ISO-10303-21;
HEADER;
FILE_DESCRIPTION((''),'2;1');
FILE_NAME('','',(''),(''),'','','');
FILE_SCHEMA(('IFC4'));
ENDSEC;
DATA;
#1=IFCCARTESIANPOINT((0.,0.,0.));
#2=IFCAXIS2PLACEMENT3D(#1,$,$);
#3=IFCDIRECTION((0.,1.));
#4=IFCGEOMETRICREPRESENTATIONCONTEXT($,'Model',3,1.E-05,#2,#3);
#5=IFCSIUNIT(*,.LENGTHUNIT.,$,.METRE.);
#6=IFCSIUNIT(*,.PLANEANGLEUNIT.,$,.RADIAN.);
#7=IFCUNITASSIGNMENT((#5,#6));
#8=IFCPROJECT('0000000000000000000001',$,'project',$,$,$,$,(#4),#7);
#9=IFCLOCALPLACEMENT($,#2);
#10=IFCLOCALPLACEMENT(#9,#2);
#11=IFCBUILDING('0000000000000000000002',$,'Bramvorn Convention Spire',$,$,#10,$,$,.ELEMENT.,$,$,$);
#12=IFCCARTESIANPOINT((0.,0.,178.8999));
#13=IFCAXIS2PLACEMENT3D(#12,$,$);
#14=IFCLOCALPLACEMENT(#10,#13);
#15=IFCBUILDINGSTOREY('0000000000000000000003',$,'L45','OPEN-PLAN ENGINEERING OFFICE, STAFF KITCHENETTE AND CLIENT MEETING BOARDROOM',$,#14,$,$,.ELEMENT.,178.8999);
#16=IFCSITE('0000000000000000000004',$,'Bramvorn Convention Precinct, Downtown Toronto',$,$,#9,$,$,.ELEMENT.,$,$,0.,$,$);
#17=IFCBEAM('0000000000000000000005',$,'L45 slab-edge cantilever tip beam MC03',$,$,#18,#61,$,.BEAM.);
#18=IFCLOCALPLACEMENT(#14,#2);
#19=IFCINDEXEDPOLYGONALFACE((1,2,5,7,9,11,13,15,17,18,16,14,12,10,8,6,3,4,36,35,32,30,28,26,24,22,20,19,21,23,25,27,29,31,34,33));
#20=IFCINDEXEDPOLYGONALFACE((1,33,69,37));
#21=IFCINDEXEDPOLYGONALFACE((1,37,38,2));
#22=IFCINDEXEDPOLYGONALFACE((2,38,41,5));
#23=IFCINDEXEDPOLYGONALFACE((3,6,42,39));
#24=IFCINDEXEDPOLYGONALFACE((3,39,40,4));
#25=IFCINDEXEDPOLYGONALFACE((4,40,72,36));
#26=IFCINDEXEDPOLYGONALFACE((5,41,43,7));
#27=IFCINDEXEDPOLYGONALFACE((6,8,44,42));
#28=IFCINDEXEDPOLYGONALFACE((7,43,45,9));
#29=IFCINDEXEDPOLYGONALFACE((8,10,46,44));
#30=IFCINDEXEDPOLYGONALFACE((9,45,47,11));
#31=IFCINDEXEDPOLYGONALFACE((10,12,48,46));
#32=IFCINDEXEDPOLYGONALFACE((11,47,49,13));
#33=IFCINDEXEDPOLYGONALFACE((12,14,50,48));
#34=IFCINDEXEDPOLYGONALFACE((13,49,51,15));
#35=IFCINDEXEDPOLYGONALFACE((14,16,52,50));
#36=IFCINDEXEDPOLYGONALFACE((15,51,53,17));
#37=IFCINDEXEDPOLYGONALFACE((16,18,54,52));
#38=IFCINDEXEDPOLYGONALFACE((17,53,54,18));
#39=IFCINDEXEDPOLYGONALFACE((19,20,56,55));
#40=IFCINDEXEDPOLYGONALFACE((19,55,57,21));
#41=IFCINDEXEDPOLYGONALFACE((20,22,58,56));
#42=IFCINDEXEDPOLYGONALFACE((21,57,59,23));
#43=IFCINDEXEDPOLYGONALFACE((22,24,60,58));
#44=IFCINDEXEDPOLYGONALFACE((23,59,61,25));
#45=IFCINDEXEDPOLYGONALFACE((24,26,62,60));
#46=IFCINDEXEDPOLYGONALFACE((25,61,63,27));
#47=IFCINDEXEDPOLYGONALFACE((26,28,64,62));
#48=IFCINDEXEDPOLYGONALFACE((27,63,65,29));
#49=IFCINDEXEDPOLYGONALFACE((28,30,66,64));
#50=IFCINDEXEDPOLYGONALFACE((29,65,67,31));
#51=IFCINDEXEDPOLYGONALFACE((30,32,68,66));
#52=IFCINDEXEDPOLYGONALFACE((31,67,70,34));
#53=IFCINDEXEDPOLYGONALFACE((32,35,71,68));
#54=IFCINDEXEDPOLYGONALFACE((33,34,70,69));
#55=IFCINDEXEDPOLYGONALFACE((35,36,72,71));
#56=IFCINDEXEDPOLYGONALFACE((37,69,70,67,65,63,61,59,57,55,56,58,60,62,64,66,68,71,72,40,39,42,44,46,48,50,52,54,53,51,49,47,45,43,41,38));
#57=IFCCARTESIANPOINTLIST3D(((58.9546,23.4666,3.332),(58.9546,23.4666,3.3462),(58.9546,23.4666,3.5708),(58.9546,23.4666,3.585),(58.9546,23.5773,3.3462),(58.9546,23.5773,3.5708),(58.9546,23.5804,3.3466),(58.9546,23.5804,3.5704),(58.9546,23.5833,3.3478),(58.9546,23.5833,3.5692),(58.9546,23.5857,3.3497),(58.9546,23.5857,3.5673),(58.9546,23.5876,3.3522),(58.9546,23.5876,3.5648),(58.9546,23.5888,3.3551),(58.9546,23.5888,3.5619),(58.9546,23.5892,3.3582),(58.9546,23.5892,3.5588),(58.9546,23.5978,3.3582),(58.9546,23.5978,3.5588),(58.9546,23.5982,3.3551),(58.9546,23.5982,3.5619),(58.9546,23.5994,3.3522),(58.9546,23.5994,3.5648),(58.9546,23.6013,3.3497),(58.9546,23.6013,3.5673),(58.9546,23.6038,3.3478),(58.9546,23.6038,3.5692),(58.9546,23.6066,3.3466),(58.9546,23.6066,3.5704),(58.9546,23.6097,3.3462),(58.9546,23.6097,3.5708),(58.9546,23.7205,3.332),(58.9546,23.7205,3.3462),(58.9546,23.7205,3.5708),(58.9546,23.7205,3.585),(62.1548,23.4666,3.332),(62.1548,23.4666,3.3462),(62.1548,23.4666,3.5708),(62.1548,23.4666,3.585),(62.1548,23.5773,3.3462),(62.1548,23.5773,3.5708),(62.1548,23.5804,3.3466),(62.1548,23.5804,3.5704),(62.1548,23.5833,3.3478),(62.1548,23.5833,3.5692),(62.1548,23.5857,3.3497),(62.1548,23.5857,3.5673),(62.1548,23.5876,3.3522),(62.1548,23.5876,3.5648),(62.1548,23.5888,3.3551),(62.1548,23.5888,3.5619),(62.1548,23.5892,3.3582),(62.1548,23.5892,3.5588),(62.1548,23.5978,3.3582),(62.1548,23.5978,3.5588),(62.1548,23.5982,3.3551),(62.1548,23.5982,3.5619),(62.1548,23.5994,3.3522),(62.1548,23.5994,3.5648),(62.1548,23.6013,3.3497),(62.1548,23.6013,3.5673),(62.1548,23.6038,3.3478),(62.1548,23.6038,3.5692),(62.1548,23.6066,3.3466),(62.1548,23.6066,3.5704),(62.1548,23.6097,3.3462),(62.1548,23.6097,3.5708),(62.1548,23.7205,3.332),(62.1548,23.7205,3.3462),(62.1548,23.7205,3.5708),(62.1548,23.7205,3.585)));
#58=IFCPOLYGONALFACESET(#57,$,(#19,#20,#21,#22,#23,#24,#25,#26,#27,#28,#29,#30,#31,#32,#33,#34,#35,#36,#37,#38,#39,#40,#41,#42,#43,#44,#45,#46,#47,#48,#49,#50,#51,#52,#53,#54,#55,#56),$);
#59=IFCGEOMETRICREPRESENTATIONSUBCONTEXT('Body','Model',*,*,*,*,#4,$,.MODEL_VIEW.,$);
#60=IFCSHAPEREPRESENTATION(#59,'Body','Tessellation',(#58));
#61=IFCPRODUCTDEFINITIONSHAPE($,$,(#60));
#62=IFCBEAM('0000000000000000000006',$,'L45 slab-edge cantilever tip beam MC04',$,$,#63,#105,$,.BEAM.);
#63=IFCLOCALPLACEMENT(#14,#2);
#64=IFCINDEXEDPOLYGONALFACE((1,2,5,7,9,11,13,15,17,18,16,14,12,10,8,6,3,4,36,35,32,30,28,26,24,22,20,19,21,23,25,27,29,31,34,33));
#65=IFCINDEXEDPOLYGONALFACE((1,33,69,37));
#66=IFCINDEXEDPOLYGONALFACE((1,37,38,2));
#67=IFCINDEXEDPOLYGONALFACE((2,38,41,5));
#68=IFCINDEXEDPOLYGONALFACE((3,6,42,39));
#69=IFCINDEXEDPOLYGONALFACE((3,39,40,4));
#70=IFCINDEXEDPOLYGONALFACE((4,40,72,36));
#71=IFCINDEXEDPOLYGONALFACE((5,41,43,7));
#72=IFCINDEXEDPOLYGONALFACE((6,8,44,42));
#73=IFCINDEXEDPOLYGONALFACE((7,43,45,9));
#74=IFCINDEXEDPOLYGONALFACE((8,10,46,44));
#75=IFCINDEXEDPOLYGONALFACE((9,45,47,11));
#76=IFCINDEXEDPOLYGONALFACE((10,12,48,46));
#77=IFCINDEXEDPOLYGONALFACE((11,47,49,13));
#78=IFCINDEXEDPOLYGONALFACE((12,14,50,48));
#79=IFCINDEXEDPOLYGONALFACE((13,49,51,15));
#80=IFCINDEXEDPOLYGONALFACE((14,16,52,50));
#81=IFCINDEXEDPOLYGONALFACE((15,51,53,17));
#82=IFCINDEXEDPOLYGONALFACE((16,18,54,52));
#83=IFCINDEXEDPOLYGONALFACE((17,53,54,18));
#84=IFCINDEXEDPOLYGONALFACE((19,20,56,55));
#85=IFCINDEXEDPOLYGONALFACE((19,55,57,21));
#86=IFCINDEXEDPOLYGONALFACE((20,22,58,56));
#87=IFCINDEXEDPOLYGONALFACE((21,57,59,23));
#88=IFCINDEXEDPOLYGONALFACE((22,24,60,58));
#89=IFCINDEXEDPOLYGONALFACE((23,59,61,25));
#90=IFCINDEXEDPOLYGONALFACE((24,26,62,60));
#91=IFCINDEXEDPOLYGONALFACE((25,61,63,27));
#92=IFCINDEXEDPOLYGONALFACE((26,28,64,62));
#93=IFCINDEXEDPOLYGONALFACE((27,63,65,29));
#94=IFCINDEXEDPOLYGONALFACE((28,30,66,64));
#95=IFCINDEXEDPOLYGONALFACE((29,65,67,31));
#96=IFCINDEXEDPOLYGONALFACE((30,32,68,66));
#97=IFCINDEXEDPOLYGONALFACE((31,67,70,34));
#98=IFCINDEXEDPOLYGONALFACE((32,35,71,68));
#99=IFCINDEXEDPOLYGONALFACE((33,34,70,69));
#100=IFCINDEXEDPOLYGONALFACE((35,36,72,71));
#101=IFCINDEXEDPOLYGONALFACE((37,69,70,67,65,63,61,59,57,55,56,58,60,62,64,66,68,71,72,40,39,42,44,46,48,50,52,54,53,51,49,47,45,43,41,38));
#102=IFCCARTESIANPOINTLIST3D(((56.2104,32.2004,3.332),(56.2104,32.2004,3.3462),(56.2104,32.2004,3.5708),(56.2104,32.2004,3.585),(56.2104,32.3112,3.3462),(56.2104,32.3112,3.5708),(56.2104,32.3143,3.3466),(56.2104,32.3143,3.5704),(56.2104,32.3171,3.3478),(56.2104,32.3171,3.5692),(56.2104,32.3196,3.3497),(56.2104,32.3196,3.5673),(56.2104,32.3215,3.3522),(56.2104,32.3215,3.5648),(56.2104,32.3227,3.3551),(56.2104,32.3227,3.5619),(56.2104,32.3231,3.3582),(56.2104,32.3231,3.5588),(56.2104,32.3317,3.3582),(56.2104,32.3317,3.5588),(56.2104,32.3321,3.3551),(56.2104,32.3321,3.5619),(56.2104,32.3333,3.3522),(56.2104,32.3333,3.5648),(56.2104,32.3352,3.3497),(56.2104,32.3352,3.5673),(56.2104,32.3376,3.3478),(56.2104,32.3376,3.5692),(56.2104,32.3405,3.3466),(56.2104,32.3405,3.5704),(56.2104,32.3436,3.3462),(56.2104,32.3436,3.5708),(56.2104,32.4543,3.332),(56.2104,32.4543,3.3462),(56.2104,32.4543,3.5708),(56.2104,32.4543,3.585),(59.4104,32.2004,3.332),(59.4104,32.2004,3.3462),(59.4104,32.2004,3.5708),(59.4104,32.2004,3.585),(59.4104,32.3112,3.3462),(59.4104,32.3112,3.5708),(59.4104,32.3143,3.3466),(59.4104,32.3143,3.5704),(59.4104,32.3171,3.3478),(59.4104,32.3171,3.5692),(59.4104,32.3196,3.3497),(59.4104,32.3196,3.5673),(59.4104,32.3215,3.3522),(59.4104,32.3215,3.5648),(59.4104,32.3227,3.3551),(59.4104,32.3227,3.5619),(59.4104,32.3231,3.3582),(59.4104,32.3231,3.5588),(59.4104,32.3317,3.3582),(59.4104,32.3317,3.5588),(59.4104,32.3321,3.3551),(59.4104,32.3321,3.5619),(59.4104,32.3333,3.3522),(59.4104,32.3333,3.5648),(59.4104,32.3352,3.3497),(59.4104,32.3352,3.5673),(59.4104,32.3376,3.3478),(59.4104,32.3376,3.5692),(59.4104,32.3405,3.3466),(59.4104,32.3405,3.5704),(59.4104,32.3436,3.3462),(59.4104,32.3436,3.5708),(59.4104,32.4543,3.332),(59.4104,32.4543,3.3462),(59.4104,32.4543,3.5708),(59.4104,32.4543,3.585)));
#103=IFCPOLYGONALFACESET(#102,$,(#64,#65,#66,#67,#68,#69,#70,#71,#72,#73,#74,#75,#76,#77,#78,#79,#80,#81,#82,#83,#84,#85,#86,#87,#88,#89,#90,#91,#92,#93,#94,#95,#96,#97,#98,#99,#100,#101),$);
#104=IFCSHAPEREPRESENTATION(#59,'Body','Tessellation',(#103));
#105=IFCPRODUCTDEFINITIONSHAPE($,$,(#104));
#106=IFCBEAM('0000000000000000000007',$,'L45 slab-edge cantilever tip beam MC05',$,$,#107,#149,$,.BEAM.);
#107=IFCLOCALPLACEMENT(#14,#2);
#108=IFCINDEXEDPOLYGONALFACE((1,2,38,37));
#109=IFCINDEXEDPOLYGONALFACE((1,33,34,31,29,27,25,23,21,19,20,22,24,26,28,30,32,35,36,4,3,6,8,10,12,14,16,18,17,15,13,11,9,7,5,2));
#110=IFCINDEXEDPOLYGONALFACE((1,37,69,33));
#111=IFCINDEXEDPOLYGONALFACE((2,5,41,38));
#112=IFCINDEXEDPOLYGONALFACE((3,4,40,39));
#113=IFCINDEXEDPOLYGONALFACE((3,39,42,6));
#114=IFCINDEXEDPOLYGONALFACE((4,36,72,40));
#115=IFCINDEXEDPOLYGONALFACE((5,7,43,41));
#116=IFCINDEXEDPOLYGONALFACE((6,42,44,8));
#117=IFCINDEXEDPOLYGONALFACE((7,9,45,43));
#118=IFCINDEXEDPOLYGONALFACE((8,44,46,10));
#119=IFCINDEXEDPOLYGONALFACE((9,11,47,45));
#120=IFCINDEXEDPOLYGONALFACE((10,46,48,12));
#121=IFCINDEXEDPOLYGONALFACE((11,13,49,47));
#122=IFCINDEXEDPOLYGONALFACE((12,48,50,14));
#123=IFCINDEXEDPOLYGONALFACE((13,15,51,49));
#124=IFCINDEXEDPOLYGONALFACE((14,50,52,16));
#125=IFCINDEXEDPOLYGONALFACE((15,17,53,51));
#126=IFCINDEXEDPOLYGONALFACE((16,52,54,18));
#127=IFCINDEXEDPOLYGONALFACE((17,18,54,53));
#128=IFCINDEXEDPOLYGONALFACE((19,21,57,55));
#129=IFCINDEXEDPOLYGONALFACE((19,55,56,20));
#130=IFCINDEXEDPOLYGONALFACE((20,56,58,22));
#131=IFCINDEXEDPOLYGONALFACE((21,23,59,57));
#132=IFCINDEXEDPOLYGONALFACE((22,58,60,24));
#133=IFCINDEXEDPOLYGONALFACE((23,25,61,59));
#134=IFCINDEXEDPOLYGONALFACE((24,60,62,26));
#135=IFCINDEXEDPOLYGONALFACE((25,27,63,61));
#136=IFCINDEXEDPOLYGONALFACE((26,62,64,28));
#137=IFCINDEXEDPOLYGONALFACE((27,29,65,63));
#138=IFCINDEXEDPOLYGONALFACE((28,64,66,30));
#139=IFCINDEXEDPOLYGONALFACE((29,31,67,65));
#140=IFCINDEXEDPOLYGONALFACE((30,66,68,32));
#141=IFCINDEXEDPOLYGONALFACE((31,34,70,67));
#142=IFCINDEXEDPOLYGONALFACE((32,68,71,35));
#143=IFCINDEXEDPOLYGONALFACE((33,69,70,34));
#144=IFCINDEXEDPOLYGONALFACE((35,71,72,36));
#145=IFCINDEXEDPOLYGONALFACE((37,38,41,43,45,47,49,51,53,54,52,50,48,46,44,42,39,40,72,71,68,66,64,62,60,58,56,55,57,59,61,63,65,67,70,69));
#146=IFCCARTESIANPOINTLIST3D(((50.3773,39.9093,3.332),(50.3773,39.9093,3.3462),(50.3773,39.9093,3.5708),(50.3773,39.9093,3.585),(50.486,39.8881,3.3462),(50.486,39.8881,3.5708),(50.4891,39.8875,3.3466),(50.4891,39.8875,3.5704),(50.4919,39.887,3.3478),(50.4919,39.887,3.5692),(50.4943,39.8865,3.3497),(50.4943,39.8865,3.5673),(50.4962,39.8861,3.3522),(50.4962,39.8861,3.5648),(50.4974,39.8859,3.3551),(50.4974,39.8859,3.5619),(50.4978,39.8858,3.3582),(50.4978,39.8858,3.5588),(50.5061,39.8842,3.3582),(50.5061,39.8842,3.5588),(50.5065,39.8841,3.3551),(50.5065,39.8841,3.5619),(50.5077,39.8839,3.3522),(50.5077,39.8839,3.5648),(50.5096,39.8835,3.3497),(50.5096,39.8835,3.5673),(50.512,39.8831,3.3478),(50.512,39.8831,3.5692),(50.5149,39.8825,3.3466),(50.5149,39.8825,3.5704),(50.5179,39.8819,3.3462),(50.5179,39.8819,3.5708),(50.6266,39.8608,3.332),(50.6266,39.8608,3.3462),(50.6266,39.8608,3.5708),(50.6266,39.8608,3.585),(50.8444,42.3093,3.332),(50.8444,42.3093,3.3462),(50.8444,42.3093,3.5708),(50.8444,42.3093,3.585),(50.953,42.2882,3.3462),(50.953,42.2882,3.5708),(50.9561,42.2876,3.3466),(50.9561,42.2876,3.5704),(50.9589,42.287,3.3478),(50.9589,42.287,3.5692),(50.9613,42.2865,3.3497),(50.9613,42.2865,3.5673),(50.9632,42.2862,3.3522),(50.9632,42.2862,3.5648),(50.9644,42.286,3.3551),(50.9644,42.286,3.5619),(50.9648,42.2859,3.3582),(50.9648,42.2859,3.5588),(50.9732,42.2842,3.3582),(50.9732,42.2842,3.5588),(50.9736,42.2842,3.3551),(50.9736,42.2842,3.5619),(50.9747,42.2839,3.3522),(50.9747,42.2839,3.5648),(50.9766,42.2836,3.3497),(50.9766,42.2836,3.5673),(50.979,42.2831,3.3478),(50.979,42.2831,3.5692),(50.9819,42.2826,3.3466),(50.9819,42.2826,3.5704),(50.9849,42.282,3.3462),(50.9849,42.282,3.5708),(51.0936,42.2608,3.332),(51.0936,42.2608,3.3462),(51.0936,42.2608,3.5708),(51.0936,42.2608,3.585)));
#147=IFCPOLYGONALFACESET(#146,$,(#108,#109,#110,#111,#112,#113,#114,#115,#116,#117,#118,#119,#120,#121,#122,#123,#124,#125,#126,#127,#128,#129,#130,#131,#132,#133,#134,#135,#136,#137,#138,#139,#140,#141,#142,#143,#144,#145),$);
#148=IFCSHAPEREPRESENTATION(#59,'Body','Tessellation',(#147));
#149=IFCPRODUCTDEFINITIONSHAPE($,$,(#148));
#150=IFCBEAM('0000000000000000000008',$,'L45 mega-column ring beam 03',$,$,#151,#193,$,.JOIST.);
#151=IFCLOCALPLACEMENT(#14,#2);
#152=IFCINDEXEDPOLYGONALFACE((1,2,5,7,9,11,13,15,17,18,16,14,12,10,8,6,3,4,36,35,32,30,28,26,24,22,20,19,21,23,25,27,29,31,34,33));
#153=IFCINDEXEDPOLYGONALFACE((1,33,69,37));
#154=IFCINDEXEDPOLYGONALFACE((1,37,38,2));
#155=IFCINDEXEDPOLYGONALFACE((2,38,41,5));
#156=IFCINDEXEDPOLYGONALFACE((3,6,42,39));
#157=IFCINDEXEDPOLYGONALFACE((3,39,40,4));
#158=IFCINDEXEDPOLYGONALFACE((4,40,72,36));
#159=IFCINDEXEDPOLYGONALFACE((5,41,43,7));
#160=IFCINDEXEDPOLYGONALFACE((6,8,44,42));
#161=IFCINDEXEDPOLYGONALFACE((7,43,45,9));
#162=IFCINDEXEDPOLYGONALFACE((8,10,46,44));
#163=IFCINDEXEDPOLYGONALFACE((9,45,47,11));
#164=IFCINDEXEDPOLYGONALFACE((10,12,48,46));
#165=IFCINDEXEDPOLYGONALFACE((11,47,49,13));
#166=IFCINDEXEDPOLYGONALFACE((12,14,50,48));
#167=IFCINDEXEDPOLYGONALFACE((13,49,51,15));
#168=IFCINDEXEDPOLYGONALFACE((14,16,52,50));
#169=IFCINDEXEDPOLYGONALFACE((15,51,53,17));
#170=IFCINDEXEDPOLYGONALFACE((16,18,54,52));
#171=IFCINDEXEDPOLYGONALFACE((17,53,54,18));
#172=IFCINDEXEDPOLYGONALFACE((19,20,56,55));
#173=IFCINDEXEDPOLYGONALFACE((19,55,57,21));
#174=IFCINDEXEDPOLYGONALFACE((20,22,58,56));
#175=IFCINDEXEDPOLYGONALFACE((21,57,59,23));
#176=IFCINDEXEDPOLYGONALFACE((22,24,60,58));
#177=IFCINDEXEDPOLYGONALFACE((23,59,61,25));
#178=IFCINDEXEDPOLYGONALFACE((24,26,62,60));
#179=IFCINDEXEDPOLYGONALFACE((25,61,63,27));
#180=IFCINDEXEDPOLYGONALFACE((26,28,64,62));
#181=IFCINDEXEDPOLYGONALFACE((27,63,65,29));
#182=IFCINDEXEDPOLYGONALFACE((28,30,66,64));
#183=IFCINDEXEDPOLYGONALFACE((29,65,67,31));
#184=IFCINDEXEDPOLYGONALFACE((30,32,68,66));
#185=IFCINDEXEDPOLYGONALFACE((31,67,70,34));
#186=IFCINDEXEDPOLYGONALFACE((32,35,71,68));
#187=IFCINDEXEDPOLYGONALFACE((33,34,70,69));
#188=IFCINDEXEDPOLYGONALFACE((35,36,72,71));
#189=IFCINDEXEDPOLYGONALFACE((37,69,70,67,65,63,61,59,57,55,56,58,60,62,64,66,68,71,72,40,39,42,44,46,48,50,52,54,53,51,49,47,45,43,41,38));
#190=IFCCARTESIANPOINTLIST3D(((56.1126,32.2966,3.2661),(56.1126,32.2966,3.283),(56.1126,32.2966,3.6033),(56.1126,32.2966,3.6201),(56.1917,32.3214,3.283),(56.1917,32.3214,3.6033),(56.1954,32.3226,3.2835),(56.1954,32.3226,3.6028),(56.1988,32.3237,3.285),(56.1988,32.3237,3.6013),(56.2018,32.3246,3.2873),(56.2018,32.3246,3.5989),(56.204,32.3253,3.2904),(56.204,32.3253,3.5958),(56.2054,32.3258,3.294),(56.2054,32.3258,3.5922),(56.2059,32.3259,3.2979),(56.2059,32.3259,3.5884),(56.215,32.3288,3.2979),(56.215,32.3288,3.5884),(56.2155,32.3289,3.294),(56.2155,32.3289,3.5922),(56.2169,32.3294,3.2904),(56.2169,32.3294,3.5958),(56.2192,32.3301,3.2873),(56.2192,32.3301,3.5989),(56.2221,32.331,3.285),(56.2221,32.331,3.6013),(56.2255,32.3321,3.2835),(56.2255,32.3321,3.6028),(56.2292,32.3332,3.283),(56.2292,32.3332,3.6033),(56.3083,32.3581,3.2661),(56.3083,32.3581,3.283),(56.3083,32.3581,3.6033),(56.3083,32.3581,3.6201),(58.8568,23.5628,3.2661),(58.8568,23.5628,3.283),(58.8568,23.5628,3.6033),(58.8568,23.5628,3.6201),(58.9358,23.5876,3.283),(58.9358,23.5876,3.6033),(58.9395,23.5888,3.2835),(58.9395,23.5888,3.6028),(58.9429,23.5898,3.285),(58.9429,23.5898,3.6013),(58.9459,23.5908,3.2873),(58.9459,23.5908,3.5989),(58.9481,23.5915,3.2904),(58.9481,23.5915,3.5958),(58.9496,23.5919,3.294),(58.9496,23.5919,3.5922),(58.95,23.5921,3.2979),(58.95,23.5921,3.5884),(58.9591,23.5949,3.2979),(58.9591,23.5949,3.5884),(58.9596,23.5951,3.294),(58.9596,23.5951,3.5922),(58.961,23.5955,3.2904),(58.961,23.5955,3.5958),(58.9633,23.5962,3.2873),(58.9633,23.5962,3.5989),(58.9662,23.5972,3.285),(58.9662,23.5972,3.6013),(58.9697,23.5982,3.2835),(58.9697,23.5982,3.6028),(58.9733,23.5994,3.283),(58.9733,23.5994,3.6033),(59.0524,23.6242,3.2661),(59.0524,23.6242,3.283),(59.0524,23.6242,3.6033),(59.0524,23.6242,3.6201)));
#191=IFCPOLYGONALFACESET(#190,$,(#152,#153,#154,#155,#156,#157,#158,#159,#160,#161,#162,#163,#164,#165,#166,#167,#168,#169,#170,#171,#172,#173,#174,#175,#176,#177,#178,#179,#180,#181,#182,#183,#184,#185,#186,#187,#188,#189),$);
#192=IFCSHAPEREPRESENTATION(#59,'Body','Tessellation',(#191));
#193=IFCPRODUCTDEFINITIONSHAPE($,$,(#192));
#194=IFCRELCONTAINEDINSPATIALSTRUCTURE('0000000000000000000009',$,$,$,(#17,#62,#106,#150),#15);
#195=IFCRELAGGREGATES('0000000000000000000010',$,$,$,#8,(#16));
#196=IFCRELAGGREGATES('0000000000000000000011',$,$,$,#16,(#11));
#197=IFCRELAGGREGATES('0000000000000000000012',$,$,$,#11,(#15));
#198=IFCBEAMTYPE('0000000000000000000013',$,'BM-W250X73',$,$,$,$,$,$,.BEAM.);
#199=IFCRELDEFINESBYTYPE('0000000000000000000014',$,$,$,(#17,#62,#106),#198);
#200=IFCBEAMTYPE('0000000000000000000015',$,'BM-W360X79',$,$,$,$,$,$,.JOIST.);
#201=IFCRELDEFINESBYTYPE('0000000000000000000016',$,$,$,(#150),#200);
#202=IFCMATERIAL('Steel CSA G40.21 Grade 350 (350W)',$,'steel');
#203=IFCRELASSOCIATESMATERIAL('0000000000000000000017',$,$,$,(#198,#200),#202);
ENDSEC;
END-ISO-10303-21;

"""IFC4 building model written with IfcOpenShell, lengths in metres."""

from ifc_helpers import new_model, si_unit, direction, frame, origin, origin_2d, place, context, subcontext, project, spatial, i_section, extrude, material, material_profile, profile_set, type_object, element, save


model = new_model("IFC4")

# Units and contexts
model_context = context("Model", 3, precision=1e-05, world=origin(), true_north=direction((0.0, 1.0)))
body_context = subcontext(model_context, "Body", "Model", "MODEL_VIEW")
ifc_project = project(units=[si_unit("LENGTHUNIT", "METRE"), si_unit("PLANEANGLEUNIT", "RADIAN")], contexts=[model_context])

# Site, building, storey
site_placement = place(None, origin())
site = spatial("IfcSite", under=ifc_project, at=site_placement, Name="Bramvorn Convention Precinct, Downtown Toronto", CompositionType="ELEMENT", RefElevation=0.0)
building_placement = place(site_placement, origin())
building = spatial("IfcBuilding", under=site, at=building_placement, Name="Bramvorn Convention Spire", CompositionType="ELEMENT")
storey_placement = place(building_placement, frame((0.0, 0.0, 178.8999)))
storey = spatial("IfcBuildingStorey", under=building, at=storey_placement, Name="L45", Description="OPEN-PLAN ENGINEERING OFFICE, STAFF KITCHENETTE AND CLIENT MEETING BOARDROOM", CompositionType="ELEMENT", Elevation=178.8999)

# Shared definitions
ifc_material_1 = material(Name="Steel CSA G40.21 Grade 350 (350W)", Category="steel")

# Beams
ifc_material_profile_1 = material_profile(ifc_material_1, i_section(OverallWidth=0.2539, OverallDepth=0.2529, WebThickness=0.0085, FlangeThickness=0.0142, FilletRadius=0.012, at=origin_2d()))
ifc_profile_set_1 = profile_set([ifc_material_profile_1], Name="Steel CSA G40.21 Grade 350 (350W) - W250X73")
beam_type_1 = type_object("IfcBeamType", Name="BM-W250X73", PredefinedType="BEAM", material=ifc_profile_set_1)
beam_1_placement = place(storey_placement, frame((58.9546, 23.5935, 3.4585), z_axis=(1.0, 0.0, 0.0), x_axis=(0.0, 1.0, 0.0)))
element("IfcBeam", 1, at=beam_1_placement, inside=storey, type_object=beam_type_1, Name="L45 slab-edge cantilever tip beam MC03", PredefinedType="BEAM", context=body_context, shape_type="SweptSolid", body=[
    extrude(i_section(OverallWidth=0.2539, OverallDepth=0.2529, WebThickness=0.0085, FlangeThickness=0.0142, FilletRadius=0.012, at=origin_2d()), origin(), (0.0, 0.0, 1.0), 3.2002),
])
beam_2_placement = place(storey_placement, frame((56.2104, 32.3274, 3.4585), z_axis=(1.0, 0.0, 0.0), x_axis=(0.0, 1.0, 0.0)))
element("IfcBeam", 2, at=beam_2_placement, inside=storey, type_object=beam_type_1, Name="L45 slab-edge cantilever tip beam MC04", PredefinedType="BEAM", context=body_context, shape_type="SweptSolid", body=[
    extrude(i_section(OverallWidth=0.2539, OverallDepth=0.2529, WebThickness=0.0085, FlangeThickness=0.0142, FilletRadius=0.012, at=origin_2d()), origin(), (0.0, 0.0, 1.0), 3.2),
])
beam_3_placement = place(storey_placement, frame((50.502, 39.885, 3.4585), z_axis=(0.191006, 0.981589, 0.0), x_axis=(-0.981589, 0.191006, 0.0)))
element("IfcBeam", 3, at=beam_3_placement, inside=storey, type_object=beam_type_1, Name="L45 slab-edge cantilever tip beam MC05", PredefinedType="BEAM", context=body_context, shape_type="SweptSolid", body=[
    extrude(i_section(OverallWidth=0.2539, OverallDepth=0.2529, WebThickness=0.0085, FlangeThickness=0.0142, FilletRadius=0.012, at=origin_2d()), origin(), (0.0, 0.0, 1.0), 2.4451),
])
ifc_material_profile_2 = material_profile(ifc_material_1, i_section(OverallWidth=0.2051, OverallDepth=0.354, WebThickness=0.0095, FlangeThickness=0.0168, FilletRadius=0.0149, at=origin_2d()))
ifc_profile_set_2 = profile_set([ifc_material_profile_2], Name="Steel CSA G40.21 Grade 350 (350W) - W360X79")
beam_type_2 = type_object("IfcBeamType", Name="BM-W360X79", PredefinedType="JOIST", material=ifc_profile_set_2)
beam_4_placement = place(storey_placement, frame((58.9546, 23.5935, 3.4431), z_axis=(-0.299748, 0.954019, 0.0), x_axis=(-0.954019, -0.299748, 0.0)))
element("IfcBeam", 4, at=beam_4_placement, inside=storey, type_object=beam_type_2, Name="L45 mega-column ring beam 03", PredefinedType="JOIST", context=body_context, shape_type="SweptSolid", body=[
    extrude(i_section(OverallWidth=0.2051, OverallDepth=0.354, WebThickness=0.0095, FlangeThickness=0.0168, FilletRadius=0.0149, at=origin_2d()), origin(), (0.0, 0.0, 1.0), 9.1548),
])

save(model, "model.ifc")
